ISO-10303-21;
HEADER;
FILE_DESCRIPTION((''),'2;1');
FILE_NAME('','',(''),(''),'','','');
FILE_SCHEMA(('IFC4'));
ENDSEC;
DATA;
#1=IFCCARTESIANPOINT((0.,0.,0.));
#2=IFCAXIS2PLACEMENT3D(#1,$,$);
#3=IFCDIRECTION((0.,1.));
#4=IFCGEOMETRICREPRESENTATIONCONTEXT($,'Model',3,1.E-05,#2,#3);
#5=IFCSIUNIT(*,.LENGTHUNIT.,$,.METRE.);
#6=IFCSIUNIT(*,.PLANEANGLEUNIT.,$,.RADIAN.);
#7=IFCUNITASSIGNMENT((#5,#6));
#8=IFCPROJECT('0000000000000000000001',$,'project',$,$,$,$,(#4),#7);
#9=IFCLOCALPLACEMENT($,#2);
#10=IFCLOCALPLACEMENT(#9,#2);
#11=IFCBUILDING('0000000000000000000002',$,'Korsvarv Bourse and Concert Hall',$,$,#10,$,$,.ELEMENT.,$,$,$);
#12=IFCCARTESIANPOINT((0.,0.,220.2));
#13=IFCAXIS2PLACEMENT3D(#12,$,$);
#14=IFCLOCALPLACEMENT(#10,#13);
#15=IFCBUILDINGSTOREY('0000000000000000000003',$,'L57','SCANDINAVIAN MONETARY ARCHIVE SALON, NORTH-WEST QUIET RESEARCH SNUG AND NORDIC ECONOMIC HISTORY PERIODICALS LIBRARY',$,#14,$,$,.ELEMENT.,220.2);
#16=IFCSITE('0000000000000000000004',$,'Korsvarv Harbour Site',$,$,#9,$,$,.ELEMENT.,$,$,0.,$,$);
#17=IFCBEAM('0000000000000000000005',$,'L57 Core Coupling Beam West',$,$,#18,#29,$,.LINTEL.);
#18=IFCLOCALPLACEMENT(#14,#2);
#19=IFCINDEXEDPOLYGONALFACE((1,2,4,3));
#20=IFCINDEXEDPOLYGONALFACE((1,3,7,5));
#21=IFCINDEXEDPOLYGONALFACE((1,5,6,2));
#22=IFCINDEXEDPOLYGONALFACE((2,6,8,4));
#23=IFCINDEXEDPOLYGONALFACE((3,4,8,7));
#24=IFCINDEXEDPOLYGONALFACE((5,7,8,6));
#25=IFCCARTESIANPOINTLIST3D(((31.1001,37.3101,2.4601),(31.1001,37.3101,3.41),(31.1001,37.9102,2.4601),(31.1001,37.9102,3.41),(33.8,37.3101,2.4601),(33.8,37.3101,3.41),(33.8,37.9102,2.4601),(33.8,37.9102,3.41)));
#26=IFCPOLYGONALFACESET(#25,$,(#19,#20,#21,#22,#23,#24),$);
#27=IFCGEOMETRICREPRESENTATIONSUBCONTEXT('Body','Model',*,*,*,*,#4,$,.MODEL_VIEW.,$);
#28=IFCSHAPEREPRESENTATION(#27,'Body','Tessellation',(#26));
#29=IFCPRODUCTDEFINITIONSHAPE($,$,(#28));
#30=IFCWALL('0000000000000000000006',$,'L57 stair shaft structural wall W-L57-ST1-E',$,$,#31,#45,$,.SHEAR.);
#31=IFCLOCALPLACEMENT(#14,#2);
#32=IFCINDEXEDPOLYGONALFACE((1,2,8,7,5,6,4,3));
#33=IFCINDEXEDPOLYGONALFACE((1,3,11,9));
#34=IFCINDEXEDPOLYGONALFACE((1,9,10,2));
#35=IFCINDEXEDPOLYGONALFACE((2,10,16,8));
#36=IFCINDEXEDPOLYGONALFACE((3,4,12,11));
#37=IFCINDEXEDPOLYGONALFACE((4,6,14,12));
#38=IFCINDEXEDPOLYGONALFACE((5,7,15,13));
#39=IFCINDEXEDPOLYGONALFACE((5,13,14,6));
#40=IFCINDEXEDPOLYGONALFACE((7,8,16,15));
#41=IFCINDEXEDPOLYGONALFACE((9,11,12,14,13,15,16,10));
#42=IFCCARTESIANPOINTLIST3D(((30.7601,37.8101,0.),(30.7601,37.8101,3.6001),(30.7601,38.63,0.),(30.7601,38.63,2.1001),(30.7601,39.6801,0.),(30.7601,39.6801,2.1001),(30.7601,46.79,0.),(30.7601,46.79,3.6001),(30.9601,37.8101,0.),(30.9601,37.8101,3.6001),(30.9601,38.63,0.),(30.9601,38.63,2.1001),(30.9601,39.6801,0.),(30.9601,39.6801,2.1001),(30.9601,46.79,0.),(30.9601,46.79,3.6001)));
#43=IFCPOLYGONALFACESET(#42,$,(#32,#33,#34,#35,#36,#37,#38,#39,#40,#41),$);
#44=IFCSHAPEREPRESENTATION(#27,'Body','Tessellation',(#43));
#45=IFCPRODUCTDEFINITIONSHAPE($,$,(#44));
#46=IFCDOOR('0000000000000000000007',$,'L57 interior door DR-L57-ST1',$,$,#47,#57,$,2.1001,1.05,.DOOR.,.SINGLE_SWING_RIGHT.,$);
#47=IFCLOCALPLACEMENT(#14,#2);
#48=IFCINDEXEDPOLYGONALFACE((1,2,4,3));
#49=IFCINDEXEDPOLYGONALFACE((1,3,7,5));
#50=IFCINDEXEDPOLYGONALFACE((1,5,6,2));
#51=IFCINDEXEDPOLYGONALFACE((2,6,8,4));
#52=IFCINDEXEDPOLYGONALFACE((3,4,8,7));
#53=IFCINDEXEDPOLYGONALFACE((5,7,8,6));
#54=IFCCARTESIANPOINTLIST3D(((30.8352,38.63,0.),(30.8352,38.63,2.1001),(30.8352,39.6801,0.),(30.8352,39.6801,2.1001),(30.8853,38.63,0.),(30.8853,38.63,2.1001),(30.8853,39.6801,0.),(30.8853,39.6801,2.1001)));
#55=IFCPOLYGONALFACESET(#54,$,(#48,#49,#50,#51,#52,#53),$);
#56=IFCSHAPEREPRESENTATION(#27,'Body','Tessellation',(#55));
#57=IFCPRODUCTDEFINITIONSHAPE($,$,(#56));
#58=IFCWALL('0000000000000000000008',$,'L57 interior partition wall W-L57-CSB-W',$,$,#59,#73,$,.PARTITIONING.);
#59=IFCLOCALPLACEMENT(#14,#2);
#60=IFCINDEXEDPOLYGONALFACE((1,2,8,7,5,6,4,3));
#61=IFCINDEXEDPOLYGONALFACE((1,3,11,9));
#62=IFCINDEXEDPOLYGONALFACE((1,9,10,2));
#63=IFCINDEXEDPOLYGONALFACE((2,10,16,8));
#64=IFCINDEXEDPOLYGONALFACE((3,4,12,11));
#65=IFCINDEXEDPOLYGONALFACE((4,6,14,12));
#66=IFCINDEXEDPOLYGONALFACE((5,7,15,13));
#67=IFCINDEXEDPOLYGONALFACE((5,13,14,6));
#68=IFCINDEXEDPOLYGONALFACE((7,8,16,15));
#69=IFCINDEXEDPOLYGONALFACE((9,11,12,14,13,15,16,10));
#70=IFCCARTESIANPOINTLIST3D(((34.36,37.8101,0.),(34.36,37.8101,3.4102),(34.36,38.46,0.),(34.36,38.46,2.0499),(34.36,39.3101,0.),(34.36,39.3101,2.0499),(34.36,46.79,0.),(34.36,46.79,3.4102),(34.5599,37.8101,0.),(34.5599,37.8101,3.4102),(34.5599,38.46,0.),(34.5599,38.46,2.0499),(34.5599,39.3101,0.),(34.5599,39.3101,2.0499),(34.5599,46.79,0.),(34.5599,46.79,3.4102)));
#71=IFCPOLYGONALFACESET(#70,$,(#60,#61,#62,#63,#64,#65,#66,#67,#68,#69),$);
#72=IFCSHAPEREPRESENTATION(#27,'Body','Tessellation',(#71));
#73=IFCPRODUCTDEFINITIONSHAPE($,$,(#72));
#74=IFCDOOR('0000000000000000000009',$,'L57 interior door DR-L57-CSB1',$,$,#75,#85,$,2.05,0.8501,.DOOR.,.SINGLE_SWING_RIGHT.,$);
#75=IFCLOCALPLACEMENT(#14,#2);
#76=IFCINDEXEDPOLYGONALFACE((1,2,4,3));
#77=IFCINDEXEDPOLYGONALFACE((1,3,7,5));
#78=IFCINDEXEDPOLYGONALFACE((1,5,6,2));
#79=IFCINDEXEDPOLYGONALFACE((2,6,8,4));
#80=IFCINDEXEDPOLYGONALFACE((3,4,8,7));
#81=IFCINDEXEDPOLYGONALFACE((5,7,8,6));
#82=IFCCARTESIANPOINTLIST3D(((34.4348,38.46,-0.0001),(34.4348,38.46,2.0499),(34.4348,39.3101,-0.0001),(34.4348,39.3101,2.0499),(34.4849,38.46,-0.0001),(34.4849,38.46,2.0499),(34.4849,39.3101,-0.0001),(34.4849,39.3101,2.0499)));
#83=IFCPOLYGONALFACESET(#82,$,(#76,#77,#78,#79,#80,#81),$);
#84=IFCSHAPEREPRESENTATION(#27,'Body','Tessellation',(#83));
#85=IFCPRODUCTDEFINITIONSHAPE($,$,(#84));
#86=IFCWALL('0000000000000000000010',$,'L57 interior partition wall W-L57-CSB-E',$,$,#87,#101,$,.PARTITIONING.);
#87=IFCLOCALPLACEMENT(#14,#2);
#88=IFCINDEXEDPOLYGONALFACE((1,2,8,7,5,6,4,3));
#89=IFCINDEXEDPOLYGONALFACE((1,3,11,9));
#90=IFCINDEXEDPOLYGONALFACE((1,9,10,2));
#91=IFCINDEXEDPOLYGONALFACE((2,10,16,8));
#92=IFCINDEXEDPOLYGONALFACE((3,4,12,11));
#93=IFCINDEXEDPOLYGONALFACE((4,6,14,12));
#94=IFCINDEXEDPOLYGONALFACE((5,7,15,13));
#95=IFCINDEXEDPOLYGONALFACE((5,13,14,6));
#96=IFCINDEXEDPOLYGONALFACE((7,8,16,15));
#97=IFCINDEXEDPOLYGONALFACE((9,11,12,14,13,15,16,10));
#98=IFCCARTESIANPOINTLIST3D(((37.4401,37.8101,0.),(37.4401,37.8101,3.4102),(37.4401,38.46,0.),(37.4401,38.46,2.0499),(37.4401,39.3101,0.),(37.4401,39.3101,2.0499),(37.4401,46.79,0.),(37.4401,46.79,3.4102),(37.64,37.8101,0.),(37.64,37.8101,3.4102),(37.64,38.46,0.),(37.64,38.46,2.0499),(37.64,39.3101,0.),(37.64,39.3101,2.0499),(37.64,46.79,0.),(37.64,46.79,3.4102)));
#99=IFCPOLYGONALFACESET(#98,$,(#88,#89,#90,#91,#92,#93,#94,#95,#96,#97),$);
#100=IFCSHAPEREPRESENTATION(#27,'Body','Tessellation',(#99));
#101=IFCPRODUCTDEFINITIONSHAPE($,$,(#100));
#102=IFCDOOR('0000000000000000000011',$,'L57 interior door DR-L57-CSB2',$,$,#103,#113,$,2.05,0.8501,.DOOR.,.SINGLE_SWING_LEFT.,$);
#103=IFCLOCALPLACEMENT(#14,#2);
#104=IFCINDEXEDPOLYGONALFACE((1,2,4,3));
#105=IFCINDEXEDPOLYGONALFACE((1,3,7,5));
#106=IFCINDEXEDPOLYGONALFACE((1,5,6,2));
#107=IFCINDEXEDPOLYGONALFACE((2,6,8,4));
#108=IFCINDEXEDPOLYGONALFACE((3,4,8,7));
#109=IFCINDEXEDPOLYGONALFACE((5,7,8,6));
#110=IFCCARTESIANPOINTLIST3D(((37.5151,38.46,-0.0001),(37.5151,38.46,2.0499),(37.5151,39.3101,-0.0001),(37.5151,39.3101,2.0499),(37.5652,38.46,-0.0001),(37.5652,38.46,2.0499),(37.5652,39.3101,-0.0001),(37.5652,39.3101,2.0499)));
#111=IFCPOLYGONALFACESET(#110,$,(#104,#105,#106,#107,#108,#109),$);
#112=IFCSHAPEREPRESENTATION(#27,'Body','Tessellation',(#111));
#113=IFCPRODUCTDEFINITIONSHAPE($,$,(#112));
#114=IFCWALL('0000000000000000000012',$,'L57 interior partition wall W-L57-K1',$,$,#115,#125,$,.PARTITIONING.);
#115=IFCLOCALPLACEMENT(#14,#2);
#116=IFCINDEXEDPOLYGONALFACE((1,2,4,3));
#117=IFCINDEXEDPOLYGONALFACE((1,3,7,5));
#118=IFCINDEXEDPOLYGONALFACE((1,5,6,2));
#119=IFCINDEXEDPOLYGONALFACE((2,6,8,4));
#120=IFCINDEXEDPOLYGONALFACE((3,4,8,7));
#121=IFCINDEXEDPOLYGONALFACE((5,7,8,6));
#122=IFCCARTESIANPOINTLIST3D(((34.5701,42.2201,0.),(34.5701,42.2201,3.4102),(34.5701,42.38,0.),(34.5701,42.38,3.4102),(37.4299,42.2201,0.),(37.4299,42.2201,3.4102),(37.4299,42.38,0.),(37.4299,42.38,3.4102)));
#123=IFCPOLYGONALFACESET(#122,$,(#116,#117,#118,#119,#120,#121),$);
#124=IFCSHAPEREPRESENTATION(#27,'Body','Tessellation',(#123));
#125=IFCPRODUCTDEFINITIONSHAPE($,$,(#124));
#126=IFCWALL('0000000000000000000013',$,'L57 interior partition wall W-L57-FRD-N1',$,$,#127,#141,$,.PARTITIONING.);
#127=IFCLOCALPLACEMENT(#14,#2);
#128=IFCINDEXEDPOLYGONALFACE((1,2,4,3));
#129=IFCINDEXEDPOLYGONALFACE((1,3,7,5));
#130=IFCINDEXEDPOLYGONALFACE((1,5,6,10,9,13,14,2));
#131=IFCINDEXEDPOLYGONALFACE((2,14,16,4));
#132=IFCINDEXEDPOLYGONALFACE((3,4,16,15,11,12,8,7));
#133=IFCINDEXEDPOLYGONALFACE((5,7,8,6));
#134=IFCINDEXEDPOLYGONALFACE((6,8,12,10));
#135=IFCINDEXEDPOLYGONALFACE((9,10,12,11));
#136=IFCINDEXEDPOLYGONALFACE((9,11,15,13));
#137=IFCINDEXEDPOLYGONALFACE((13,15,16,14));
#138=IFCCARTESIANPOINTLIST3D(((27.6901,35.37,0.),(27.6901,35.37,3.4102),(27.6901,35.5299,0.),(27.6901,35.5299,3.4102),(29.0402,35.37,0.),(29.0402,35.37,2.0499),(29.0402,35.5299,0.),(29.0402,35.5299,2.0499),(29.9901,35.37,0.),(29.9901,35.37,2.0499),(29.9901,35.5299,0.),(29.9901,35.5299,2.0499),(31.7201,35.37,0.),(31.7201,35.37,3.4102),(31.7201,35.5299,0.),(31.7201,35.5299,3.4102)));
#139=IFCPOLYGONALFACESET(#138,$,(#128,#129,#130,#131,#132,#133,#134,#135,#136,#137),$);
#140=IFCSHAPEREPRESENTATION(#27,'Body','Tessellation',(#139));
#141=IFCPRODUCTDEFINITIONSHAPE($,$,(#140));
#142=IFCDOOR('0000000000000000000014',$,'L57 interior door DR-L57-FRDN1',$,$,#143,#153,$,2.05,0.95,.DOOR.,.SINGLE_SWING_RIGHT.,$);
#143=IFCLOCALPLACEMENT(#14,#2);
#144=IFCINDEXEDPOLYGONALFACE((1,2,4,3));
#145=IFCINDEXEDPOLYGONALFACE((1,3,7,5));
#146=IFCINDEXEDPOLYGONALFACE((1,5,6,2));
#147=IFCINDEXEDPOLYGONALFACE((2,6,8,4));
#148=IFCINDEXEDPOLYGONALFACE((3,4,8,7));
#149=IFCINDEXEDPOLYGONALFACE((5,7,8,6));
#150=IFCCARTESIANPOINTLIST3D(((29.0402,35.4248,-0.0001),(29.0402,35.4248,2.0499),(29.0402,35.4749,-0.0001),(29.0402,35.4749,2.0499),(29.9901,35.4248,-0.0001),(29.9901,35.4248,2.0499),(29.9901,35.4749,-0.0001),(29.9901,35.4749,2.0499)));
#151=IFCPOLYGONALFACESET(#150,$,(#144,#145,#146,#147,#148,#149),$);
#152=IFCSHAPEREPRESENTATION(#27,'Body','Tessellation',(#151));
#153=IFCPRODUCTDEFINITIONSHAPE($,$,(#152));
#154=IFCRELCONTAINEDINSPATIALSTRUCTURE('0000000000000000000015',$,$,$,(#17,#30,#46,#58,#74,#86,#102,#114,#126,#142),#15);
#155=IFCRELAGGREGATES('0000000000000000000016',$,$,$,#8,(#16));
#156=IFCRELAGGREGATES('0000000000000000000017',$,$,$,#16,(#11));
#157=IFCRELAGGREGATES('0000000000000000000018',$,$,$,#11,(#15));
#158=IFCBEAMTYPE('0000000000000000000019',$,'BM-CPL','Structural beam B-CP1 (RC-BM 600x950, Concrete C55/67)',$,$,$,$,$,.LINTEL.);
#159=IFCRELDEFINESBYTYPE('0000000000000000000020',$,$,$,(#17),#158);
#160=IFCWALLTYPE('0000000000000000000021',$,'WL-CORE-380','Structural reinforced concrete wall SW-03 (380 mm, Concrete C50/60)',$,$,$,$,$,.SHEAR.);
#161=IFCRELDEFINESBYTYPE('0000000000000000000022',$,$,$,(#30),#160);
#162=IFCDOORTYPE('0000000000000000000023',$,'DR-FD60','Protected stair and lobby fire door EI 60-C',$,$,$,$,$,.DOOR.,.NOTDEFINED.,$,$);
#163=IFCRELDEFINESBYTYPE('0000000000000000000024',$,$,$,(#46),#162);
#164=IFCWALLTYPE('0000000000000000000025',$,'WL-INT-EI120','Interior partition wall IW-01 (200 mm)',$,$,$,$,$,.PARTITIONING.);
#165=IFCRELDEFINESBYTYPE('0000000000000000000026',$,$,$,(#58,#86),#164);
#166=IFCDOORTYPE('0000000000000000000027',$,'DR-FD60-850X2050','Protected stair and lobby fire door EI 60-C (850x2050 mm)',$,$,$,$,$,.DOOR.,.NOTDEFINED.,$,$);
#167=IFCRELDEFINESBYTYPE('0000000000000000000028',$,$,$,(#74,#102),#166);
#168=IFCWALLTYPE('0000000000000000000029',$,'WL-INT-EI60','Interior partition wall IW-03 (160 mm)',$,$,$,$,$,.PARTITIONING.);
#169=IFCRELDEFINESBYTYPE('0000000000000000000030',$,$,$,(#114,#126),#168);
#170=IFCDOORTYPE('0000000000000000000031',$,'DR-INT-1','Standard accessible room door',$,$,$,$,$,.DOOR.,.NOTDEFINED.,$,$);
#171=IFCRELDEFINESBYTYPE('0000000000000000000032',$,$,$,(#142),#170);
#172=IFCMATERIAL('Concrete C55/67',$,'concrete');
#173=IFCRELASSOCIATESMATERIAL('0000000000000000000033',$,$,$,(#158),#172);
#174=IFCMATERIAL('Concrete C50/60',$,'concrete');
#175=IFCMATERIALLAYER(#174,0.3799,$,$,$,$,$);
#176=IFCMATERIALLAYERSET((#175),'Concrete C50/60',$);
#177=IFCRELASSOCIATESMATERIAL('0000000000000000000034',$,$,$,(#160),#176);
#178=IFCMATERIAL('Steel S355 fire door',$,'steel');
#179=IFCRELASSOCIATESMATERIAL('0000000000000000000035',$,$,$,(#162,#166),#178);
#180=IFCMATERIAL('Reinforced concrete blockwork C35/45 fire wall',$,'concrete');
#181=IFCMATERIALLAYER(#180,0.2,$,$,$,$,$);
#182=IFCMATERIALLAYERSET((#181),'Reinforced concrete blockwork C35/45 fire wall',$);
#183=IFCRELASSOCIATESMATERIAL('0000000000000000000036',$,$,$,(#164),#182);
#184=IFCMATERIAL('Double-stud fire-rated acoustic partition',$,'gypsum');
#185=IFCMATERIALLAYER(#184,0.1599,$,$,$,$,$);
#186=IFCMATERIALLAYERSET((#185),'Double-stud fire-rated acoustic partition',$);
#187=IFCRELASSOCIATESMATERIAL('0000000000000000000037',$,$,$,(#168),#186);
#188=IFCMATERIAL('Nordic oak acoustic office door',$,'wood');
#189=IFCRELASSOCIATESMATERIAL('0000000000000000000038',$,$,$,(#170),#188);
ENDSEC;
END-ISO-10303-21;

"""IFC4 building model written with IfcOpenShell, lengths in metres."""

from ifc_helpers import new_model, si_unit, direction, frame, frame_2d, origin, origin_2d, place, context, subcontext, project, spatial, rectangle, extrude, source, transform, mapped, material, layer, layer_set, material_profile, profile_set, type_object, element, fill, save


model = new_model("IFC4")

# Units and contexts
model_context = context("Model", 3, precision=1e-05, world=origin(), true_north=direction((0.0, 1.0)))
body_context = subcontext(model_context, "Body", "Model", "MODEL_VIEW")
ifc_project = project(units=[si_unit("LENGTHUNIT", "METRE"), si_unit("PLANEANGLEUNIT", "RADIAN")], contexts=[model_context])

# Site, building, storey
site_placement = place(None, origin())
site = spatial("IfcSite", under=ifc_project, at=site_placement, Name="Korsvarv Harbour Site", CompositionType="ELEMENT", RefElevation=0.0)
building_placement = place(site_placement, origin())
building = spatial("IfcBuilding", under=site, at=building_placement, Name="Korsvarv Bourse and Concert Hall", CompositionType="ELEMENT")
storey_placement = place(building_placement, frame((0.0, 0.0, 220.2)))
storey = spatial("IfcBuildingStorey", under=building, at=storey_placement, Name="L57", Description="SCANDINAVIAN MONETARY ARCHIVE SALON, NORTH-WEST QUIET RESEARCH SNUG AND NORDIC ECONOMIC HISTORY PERIODICALS LIBRARY", CompositionType="ELEMENT", Elevation=220.2)

# Beam
ifc_material_1 = material(Name="Concrete C55/67", Category="concrete")
ifc_material_profile = material_profile(ifc_material_1, rectangle(XDim=0.6001, YDim=0.95, at=origin_2d()), Name="RC-BM 600x950")
ifc_profile_set = profile_set([ifc_material_profile], Name="Concrete C55/67")
beam_type = type_object("IfcBeamType", Name="BM-CPL", Description="Structural beam B-CP1 (RC-BM 600x950, Concrete C55/67)", PredefinedType="LINTEL", material=ifc_profile_set)
shared_shape = source(origin(), body_context, "Body", "SweptSolid", [
    extrude(rectangle(XDim=0.6001, YDim=0.95, at=origin_2d()), origin(), (0.0, 0.0, 1.0), 2.7),
])
beam_placement = place(storey_placement, frame((31.1001, 37.6101, 2.9351), z_axis=(1.0, 0.0, 0.0), x_axis=(0.0, 1.0, 0.0)))
element("IfcBeam", 1, at=beam_placement, inside=storey, type_object=beam_type, Name="L57 Core Coupling Beam West", PredefinedType="LINTEL", context=body_context, shape_type="MappedRepresentation", body=[
    mapped(shared_shape, transform((0.0, 0.0, 0.0), scale=1.0)),
])

# Walls, openings, doors
ifc_material_2 = material(Name="Concrete C50/60", Category="concrete")
ifc_layer_1 = layer(ifc_material_2, 0.3799)
ifc_layer_set_1 = layer_set([ifc_layer_1], Name="Concrete C50/60")
wall_type_1 = type_object("IfcWallType", Name="WL-CORE-380", Description="Structural reinforced concrete wall SW-03 (380 mm, Concrete C50/60)", PredefinedType="SHEAR", material=ifc_layer_set_1)
wall_1_placement = place(storey_placement, frame((30.8601, 37.8101, 0.0), z_axis=(0.0, 0.0, 1.0), x_axis=(0.0, 1.0, 0.0)))
wall_1 = element("IfcWall", 2, at=wall_1_placement, inside=storey, type_object=wall_type_1, Name="L57 stair shaft structural wall W-L57-ST1-E", PredefinedType="SHEAR", context=body_context, shape_type="SweptSolid", body=[
    extrude(rectangle(XDim=8.98, YDim=0.2, at=frame_2d((4.49, 0.0))), origin(), (0.0, 0.0, 1.0), 3.6001),
])
opening_1_placement = place(wall_1_placement, frame((0.8201, 0.0, 0.0)))
opening_1 = element("IfcOpeningElement", 3, at=opening_1_placement, cuts=wall_1, PredefinedType="OPENING", context=body_context, shape_type="SweptSolid", body=[
    extrude(rectangle(XDim=1.05, YDim=2.1001, at=frame_2d((0.5249, 1.05))), frame((0.0, 0.1099, 0.0), z_axis=(0.0, -1.0, 0.0), x_axis=(1.0, 0.0, 0.0)), (0.0, 0.0, 1.0), 0.22),
])
ifc_material_3 = material(Name="Steel S355 fire door", Category="steel")
door_type_1 = type_object("IfcDoorType", Name="DR-FD60", Description="Protected stair and lobby fire door EI 60-C", OperationType="NOTDEFINED", PredefinedType="DOOR", material=ifc_material_3)
door_1_placement = place(opening_1_placement, origin())
door_1 = element("IfcDoor", 4, at=door_1_placement, inside=storey, type_object=door_type_1, Name="L57 interior door DR-L57-ST1", OperationType="SINGLE_SWING_RIGHT", OverallHeight=2.1001, OverallWidth=1.05, PredefinedType="DOOR", context=body_context, shape_type="SweptSolid", body=[
    extrude(rectangle(XDim=1.05, YDim=2.1001, at=frame_2d((0.5249, 1.05))), frame((0.0, 0.0249, 0.0), z_axis=(0.0, -1.0, 0.0), x_axis=(1.0, 0.0, 0.0)), (0.0, 0.0, 1.0), 0.05),
])
fill(opening_1, door_1)
ifc_material_4 = material(Name="Reinforced concrete blockwork C35/45 fire wall", Category="concrete")
ifc_layer_2 = layer(ifc_material_4, 0.2)
ifc_layer_set_2 = layer_set([ifc_layer_2], Name="Reinforced concrete blockwork C35/45 fire wall")
wall_type_2 = type_object("IfcWallType", Name="WL-INT-EI120", Description="Interior partition wall IW-01 (200 mm)", PredefinedType="PARTITIONING", material=ifc_layer_set_2)
wall_2_placement = place(storey_placement, frame((34.46, 37.8101, 0.0), z_axis=(0.0, 0.0, 1.0), x_axis=(0.0, 1.0, 0.0)))
wall_2 = element("IfcWall", 5, at=wall_2_placement, inside=storey, type_object=wall_type_2, Name="L57 interior partition wall W-L57-CSB-W", PredefinedType="PARTITIONING", context=body_context, shape_type="SweptSolid", body=[
    extrude(rectangle(XDim=8.98, YDim=0.2, at=frame_2d((4.49, 0.0))), origin(), (0.0, 0.0, 1.0), 3.4102),
])
opening_2_placement = place(wall_2_placement, frame((0.6499, 0.0, 0.0)))
opening_2 = element("IfcOpeningElement", 6, at=opening_2_placement, cuts=wall_2, PredefinedType="OPENING", context=body_context, shape_type="SweptSolid", body=[
    extrude(rectangle(XDim=0.8501, YDim=2.05, at=frame_2d((0.425, 1.0249))), frame((0.0, 0.1099, 0.0), z_axis=(0.0, -1.0, 0.0), x_axis=(1.0, 0.0, 0.0)), (0.0, 0.0, 1.0), 0.22),
])
door_type_2 = type_object("IfcDoorType", Name="DR-FD60-850X2050", Description="Protected stair and lobby fire door EI 60-C (850x2050 mm)", OperationType="NOTDEFINED", PredefinedType="DOOR", material=ifc_material_3)
door_2_placement = place(opening_2_placement, frame((0.8501, 0.0, 0.0), z_axis=(0.0, 0.0, 1.0), x_axis=(-1.0, 0.0, 0.0)))
door_2 = element("IfcDoor", 7, at=door_2_placement, inside=storey, type_object=door_type_2, Name="L57 interior door DR-L57-CSB1", OperationType="SINGLE_SWING_RIGHT", OverallHeight=2.05, OverallWidth=0.8501, PredefinedType="DOOR", context=body_context, shape_type="SweptSolid", body=[
    extrude(rectangle(XDim=0.8501, YDim=2.05, at=frame_2d((0.425, 1.0249))), frame((0.0, 0.0249, 0.0), z_axis=(0.0, -1.0, 0.0), x_axis=(1.0, 0.0, 0.0)), (0.0, 0.0, 1.0), 0.05),
])
fill(opening_2, door_2)
wall_3_placement = place(storey_placement, frame((37.54, 37.8101, 0.0), z_axis=(0.0, 0.0, 1.0), x_axis=(0.0, 1.0, 0.0)))
wall_3 = element("IfcWall", 8, at=wall_3_placement, inside=storey, type_object=wall_type_2, Name="L57 interior partition wall W-L57-CSB-E", PredefinedType="PARTITIONING", context=body_context, shape_type="SweptSolid", body=[
    extrude(rectangle(XDim=8.98, YDim=0.2, at=frame_2d((4.49, 0.0))), origin(), (0.0, 0.0, 1.0), 3.4102),
])
opening_3_placement = place(wall_3_placement, frame((0.6499, 0.0, 0.0)))
opening_3 = element("IfcOpeningElement", 9, at=opening_3_placement, cuts=wall_3, PredefinedType="OPENING", context=body_context, shape_type="SweptSolid", body=[
    extrude(rectangle(XDim=0.8501, YDim=2.05, at=frame_2d((0.425, 1.0249))), frame((0.0, 0.1099, 0.0), z_axis=(0.0, -1.0, 0.0), x_axis=(1.0, 0.0, 0.0)), (0.0, 0.0, 1.0), 0.22),
])
door_3_placement = place(opening_3_placement, origin())
door_3 = element("IfcDoor", 10, at=door_3_placement, inside=storey, type_object=door_type_2, Name="L57 interior door DR-L57-CSB2", OperationType="SINGLE_SWING_LEFT", OverallHeight=2.05, OverallWidth=0.8501, PredefinedType="DOOR", context=body_context, shape_type="SweptSolid", body=[
    extrude(rectangle(XDim=0.8501, YDim=2.05, at=frame_2d((0.425, 1.0249))), frame((0.0, 0.0249, 0.0), z_axis=(0.0, -1.0, 0.0), x_axis=(1.0, 0.0, 0.0)), (0.0, 0.0, 1.0), 0.05),
])
fill(opening_3, door_3)

# Wall
ifc_material_5 = material(Name="Double-stud fire-rated acoustic partition", Category="gypsum")
ifc_layer_3 = layer(ifc_material_5, 0.1599)
ifc_layer_set_3 = layer_set([ifc_layer_3], Name="Double-stud fire-rated acoustic partition")
wall_type_3 = type_object("IfcWallType", Name="WL-INT-EI60", Description="Interior partition wall IW-03 (160 mm)", PredefinedType="PARTITIONING", material=ifc_layer_set_3)
wall_4_placement = place(storey_placement, frame((34.5701, 42.3, 0.0), z_axis=(0.0, 0.0, 1.0), x_axis=(1.0, 0.0, 0.0)))
element("IfcWall", 11, at=wall_4_placement, inside=storey, type_object=wall_type_3, Name="L57 interior partition wall W-L57-K1", PredefinedType="PARTITIONING", context=body_context, shape_type="SweptSolid", body=[
    extrude(rectangle(XDim=2.8599, YDim=0.1599, at=frame_2d((1.4299, 0.0))), origin(), (0.0, 0.0, 1.0), 3.4102),
])

# Wall, opening, door
wall_5_placement = place(storey_placement, frame((27.6899, 35.45, 0.0), z_axis=(0.0, 0.0, 1.0), x_axis=(1.0, 0.0, 0.0)))
wall_5 = element("IfcWall", 12, at=wall_5_placement, inside=storey, type_object=wall_type_3, Name="L57 interior partition wall W-L57-FRD-N1", PredefinedType="PARTITIONING", context=body_context, shape_type="SweptSolid", body=[
    extrude(rectangle(XDim=4.03, YDim=0.1599, at=frame_2d((2.0151, 0.0))), origin(), (0.0, 0.0, 1.0), 3.4102),
])
opening_4_placement = place(wall_5_placement, frame((1.3501, 0.0, 0.0)))
opening_4 = element("IfcOpeningElement", 13, at=opening_4_placement, cuts=wall_5, PredefinedType="OPENING", context=body_context, shape_type="SweptSolid", body=[
    extrude(rectangle(XDim=0.95, YDim=2.05, at=frame_2d((0.4751, 1.0249))), frame((0.0, 0.0898, 0.0), z_axis=(0.0, -1.0, 0.0), x_axis=(1.0, 0.0, 0.0)), (0.0, 0.0, 1.0), 0.1799),
])
ifc_material_6 = material(Name="Nordic oak acoustic office door", Category="wood")
door_type_3 = type_object("IfcDoorType", Name="DR-INT-1", Description="Standard accessible room door", OperationType="NOTDEFINED", PredefinedType="DOOR", material=ifc_material_6)
door_4_placement = place(opening_4_placement, origin())
door_4 = element("IfcDoor", 14, at=door_4_placement, inside=storey, type_object=door_type_3, Name="L57 interior door DR-L57-FRDN1", OperationType="SINGLE_SWING_RIGHT", OverallHeight=2.05, OverallWidth=0.95, PredefinedType="DOOR", context=body_context, shape_type="SweptSolid", body=[
    extrude(rectangle(XDim=0.95, YDim=2.05, at=frame_2d((0.4751, 1.0249))), frame((0.0, 0.0249, 0.0), z_axis=(0.0, -1.0, 0.0), x_axis=(1.0, 0.0, 0.0)), (0.0, 0.0, 1.0), 0.05),
])
fill(opening_4, door_4)

save(model, "model.ifc")
